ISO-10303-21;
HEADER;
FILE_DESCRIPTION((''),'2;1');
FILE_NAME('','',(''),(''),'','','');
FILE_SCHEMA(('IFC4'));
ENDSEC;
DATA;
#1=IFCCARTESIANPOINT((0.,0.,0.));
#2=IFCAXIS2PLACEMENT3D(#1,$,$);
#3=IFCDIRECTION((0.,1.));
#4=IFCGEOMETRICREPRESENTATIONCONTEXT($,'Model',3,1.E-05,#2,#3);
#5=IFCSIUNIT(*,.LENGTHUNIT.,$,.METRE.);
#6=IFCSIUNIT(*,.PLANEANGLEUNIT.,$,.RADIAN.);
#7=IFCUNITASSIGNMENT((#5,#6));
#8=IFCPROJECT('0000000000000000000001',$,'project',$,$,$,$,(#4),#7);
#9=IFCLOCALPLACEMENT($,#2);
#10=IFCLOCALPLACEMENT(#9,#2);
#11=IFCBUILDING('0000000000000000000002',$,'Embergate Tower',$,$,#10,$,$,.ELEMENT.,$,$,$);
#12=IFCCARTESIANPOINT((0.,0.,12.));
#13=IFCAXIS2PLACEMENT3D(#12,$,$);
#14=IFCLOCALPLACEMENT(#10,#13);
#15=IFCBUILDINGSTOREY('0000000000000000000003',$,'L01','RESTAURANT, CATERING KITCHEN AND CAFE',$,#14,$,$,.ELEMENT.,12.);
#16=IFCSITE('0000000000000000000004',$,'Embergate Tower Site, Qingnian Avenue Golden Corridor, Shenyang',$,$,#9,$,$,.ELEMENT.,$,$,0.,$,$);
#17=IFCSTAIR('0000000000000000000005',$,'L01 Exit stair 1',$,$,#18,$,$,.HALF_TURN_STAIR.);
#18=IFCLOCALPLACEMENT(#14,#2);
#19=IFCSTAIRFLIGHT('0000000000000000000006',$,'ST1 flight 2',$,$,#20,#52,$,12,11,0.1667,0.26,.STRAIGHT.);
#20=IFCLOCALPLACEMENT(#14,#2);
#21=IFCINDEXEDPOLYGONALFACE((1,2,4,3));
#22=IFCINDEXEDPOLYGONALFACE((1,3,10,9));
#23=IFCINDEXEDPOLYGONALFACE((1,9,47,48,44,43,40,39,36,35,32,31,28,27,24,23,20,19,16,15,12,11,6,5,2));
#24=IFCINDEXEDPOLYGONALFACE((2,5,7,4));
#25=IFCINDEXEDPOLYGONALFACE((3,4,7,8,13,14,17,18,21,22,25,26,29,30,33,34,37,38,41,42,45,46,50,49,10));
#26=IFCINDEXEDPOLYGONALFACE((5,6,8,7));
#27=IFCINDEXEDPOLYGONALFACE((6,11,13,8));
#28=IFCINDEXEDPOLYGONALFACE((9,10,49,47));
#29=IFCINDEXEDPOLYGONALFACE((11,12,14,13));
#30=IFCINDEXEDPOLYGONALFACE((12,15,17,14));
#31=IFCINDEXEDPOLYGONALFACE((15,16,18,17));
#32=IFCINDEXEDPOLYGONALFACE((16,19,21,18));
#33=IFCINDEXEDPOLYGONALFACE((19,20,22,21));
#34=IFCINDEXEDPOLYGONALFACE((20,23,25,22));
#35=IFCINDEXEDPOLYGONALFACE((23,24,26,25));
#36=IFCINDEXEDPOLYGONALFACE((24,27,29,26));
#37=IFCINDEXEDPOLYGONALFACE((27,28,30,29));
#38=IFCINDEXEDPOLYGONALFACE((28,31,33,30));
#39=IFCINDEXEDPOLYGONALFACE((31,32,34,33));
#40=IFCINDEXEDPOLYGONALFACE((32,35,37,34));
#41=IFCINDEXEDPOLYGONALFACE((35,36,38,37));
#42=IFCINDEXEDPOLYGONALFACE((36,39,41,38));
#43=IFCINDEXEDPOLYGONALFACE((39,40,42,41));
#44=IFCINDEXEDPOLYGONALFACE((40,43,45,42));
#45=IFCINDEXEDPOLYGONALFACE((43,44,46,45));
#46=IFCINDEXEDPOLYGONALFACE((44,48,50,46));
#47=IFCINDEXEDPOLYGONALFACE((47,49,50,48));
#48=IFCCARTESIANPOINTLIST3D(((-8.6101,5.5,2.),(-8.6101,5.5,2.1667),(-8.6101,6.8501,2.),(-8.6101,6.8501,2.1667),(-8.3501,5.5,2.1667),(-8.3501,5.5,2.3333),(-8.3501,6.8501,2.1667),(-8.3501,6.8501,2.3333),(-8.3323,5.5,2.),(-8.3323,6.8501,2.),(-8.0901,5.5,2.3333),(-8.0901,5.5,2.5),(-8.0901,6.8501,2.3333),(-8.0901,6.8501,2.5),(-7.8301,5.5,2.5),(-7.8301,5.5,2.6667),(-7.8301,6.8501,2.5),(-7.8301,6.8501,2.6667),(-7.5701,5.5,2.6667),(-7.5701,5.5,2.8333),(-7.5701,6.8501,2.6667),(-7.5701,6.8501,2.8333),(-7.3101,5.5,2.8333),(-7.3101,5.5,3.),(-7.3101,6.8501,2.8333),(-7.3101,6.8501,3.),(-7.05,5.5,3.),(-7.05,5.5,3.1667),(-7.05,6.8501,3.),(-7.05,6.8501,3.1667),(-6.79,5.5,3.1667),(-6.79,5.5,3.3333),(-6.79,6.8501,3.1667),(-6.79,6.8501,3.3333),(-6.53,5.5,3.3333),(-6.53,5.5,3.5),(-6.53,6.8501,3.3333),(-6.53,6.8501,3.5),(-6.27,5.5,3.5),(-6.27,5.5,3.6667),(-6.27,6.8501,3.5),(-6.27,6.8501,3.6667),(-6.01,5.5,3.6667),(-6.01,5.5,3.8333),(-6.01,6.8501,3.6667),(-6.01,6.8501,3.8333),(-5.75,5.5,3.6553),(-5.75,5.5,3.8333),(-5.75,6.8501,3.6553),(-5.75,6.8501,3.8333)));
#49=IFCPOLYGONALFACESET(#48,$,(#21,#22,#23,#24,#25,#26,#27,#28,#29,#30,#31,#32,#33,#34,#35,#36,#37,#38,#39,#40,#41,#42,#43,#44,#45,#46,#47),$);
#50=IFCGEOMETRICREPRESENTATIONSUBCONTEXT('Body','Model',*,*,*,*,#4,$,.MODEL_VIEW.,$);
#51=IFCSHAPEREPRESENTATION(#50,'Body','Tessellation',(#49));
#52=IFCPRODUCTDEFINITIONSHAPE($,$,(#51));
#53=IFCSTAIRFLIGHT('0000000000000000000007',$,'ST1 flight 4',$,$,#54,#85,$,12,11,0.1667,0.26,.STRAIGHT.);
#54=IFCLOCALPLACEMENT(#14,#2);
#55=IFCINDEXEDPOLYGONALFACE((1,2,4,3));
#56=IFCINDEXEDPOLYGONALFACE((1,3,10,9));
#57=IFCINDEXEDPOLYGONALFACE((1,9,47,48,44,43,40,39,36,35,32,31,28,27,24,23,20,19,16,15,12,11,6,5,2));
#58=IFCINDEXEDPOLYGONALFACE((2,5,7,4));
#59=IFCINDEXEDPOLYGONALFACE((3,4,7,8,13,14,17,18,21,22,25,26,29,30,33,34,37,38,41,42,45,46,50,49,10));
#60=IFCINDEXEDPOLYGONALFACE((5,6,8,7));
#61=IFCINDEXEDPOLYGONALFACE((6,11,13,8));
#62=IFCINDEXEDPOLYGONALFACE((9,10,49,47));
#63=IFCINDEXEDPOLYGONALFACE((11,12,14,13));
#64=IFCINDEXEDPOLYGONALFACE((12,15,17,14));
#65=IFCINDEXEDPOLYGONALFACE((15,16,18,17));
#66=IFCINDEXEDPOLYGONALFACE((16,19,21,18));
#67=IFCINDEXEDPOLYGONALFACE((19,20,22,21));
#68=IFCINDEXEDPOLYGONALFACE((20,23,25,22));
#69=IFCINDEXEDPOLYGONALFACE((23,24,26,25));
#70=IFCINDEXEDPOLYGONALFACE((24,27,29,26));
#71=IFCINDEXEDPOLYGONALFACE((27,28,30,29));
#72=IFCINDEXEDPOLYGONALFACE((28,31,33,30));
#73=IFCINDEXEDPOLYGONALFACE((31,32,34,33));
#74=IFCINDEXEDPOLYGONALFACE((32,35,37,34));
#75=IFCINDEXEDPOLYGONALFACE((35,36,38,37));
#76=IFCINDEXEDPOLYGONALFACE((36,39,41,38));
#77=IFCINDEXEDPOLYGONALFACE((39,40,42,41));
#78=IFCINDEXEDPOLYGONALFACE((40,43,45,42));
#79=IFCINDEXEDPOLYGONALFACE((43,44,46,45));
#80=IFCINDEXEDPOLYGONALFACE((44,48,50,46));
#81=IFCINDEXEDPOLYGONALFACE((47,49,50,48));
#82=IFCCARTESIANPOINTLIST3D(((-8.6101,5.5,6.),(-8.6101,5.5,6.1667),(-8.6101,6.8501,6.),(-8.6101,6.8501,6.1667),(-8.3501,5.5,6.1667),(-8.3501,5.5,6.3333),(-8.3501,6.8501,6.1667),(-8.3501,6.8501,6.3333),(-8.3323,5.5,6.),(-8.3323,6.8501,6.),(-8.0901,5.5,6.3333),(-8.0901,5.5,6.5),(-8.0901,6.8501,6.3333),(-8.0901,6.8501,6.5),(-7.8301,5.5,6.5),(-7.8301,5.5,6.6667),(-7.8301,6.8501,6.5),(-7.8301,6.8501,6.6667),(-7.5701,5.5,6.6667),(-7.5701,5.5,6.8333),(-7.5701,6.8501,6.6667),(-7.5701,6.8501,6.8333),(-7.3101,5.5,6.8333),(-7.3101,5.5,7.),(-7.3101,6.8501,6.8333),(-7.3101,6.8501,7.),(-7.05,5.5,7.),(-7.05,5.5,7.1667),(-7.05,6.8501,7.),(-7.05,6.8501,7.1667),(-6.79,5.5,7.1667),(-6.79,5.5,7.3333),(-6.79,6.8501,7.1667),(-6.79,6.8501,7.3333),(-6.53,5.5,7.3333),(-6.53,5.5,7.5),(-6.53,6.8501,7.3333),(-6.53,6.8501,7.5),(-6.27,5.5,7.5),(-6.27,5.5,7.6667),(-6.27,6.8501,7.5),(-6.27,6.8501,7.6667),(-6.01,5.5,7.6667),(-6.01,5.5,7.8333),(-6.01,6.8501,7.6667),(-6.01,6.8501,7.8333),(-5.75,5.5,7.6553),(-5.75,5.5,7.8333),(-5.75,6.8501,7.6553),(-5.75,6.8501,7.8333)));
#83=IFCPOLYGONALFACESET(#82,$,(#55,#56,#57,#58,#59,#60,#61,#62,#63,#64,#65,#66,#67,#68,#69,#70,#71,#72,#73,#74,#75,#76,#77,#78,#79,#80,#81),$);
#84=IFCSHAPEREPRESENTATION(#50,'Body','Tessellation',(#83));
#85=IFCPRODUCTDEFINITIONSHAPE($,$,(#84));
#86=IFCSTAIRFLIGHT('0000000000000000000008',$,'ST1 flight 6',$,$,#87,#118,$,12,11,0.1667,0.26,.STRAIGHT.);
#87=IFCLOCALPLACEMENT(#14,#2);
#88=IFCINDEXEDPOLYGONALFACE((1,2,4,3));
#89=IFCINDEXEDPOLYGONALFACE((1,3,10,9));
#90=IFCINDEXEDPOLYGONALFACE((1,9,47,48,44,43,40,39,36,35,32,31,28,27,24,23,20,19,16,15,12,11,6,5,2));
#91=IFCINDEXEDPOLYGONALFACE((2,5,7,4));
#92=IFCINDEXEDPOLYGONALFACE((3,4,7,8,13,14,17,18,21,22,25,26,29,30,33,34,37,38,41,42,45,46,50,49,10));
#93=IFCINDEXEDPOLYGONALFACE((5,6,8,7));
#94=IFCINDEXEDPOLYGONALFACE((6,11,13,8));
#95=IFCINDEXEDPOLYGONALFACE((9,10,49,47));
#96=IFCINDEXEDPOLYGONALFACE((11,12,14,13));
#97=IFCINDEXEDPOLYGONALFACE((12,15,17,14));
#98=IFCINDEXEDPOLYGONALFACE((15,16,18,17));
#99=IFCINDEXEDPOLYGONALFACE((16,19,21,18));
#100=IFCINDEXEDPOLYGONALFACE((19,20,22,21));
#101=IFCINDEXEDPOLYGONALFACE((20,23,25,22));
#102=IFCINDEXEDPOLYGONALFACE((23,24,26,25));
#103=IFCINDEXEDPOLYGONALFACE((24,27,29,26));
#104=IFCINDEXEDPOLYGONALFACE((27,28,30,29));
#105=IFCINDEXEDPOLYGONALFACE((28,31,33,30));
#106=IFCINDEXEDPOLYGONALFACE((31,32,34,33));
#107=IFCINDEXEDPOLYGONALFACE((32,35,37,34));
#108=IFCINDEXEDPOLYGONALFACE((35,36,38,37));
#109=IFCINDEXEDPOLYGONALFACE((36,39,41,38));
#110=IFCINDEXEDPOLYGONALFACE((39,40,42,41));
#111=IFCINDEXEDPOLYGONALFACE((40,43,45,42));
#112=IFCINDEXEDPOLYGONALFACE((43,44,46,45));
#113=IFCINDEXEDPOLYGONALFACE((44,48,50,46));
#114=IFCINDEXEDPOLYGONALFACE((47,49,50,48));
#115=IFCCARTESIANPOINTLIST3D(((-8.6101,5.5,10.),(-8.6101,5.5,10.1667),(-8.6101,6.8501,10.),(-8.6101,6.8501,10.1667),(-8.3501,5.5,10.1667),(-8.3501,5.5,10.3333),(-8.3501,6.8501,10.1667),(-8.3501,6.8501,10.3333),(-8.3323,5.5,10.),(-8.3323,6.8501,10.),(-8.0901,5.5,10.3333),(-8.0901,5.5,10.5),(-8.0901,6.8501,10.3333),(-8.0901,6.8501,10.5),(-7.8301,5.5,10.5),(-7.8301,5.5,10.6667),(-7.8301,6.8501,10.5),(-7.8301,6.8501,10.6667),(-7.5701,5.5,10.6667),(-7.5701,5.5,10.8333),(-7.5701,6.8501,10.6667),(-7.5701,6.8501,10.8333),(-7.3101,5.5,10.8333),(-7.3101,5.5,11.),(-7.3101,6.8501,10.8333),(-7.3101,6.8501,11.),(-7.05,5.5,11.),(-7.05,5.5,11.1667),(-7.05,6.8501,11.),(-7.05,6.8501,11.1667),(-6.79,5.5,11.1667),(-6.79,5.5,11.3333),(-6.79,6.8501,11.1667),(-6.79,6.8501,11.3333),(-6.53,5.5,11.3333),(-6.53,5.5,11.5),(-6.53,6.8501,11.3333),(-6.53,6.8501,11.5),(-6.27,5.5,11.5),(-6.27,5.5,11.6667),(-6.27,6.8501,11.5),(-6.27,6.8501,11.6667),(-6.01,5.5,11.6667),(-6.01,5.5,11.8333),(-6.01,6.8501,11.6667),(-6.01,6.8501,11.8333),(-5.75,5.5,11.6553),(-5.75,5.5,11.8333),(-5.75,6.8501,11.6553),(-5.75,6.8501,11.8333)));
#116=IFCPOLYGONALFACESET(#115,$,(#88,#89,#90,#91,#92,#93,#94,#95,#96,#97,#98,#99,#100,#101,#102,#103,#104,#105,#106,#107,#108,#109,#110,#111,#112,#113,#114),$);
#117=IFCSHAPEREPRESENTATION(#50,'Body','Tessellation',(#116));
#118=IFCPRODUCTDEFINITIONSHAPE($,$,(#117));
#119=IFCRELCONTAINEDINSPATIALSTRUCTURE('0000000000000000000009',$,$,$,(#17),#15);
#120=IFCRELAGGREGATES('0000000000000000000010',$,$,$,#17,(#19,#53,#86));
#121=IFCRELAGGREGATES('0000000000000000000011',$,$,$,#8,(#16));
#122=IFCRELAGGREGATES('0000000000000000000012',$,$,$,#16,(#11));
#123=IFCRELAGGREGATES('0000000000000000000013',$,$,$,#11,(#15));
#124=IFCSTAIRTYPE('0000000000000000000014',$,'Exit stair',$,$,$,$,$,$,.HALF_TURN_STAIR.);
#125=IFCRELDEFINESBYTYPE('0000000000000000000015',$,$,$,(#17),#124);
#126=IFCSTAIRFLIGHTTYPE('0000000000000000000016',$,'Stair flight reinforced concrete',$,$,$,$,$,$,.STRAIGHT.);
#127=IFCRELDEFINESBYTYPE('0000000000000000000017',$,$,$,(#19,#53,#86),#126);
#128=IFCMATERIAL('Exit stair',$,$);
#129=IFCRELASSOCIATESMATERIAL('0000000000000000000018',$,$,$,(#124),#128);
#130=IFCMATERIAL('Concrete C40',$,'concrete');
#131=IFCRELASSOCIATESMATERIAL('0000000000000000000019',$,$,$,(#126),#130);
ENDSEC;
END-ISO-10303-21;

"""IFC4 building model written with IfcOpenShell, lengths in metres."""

from ifc_helpers import new_model, si_unit, direction, frame, origin, place, context, subcontext, project, spatial, polyline, outline, extrude, source, transform, mapped, material, type_object, element, aggregate, save


model = new_model("IFC4")

# Units and contexts
model_context = context("Model", 3, precision=1e-05, world=origin(), true_north=direction((0.0, 1.0)))
body_context = subcontext(model_context, "Body", "Model", "MODEL_VIEW")
ifc_project = project(units=[si_unit("LENGTHUNIT", "METRE"), si_unit("PLANEANGLEUNIT", "RADIAN")], contexts=[model_context])

# Site, building, storey
site_placement = place(None, origin())
site = spatial("IfcSite", under=ifc_project, at=site_placement, Name="Embergate Tower Site, Qingnian Avenue Golden Corridor, Shenyang", CompositionType="ELEMENT", RefElevation=0.0)
building_placement = place(site_placement, origin())
building = spatial("IfcBuilding", under=site, at=building_placement, Name="Embergate Tower", CompositionType="ELEMENT")
storey_placement = place(building_placement, frame((0.0, 0.0, 12.0)))
storey = spatial("IfcBuildingStorey", under=building, at=storey_placement, Name="L01", Description="RESTAURANT, CATERING KITCHEN AND CAFE", CompositionType="ELEMENT", Elevation=12.0)

# Stair
ifc_material_1 = material(Name="Exit stair")
stair_type = type_object("IfcStairType", Name="Exit stair", PredefinedType="HALF_TURN_STAIR", material=ifc_material_1)
stair_placement = place(storey_placement, origin())
stair = element("IfcStair", 1, at=stair_placement, inside=storey, type_object=stair_type, Name="L01 Exit stair 1", PredefinedType="HALF_TURN_STAIR")
ifc_material_2 = material(Name="Concrete C40", Category="concrete")

# Stair flights
stair_flight_type = type_object("IfcStairFlightType", Name="Stair flight reinforced concrete", PredefinedType="STRAIGHT", material=ifc_material_2)
shared_shape_1 = source(origin(), body_context, "Body", "SweptSolid", [
    extrude(outline(polyline([(0.0, 0.0), (0.0, 0.1667), (0.26, 0.1667), (0.26, 0.3333), (0.52, 0.3333), (0.52, 0.5), (0.78, 0.5), (0.78, 0.6667), (1.04, 0.6667), (1.04, 0.8333), (1.3, 0.8333), (1.3, 1.0), (1.5601, 1.0), (1.5601, 1.1667), (1.8201, 1.1667), (1.8201, 1.3333), (2.0801, 1.3333), (2.0801, 1.5), (2.3401, 1.5), (2.3401, 1.6667), (2.6001, 1.6667), (2.6001, 1.8333), (2.8601, 1.8333), (2.8601, 2.0), (2.8601, 1.6553), (0.2778, 0.0), (0.0, 0.0)])), frame((0.0, 0.675, 0.0), z_axis=(0.0, -1.0, 0.0), x_axis=(1.0, 0.0, 0.0)), (0.0, 0.0, 1.0), 1.3501),
])
stair_flight_1_placement = place(storey_placement, frame((-8.6101, 6.175, 2.0), z_axis=(0.0, 0.0, 1.0), x_axis=(1.0, 0.0, 0.0)))
stair_flight_1 = element("IfcStairFlight", 2, at=stair_flight_1_placement, type_object=stair_flight_type, Name="ST1 flight 2", NumberOfRisers=12, NumberOfTreads=11, PredefinedType="STRAIGHT", RiserHeight=0.1667, TreadLength=0.26, context=body_context, shape_type="MappedRepresentation", body=[
    mapped(shared_shape_1, transform((0.0, 0.0, 0.0))),
])
stair_flight_2_placement = place(storey_placement, frame((-8.6101, 6.175, 6.0), z_axis=(0.0, 0.0, 1.0), x_axis=(1.0, 0.0, 0.0)))
stair_flight_2 = element("IfcStairFlight", 3, at=stair_flight_2_placement, type_object=stair_flight_type, Name="ST1 flight 4", NumberOfRisers=12, NumberOfTreads=11, PredefinedType="STRAIGHT", RiserHeight=0.1667, TreadLength=0.26, context=body_context, shape_type="MappedRepresentation", body=[
    mapped(shared_shape_1, transform((0.0, 0.0, 0.0))),
])
stair_flight_3_placement = place(storey_placement, frame((-8.6101, 6.175, 10.0), z_axis=(0.0, 0.0, 1.0), x_axis=(1.0, 0.0, 0.0)))
stair_flight_3 = element("IfcStairFlight", 4, at=stair_flight_3_placement, type_object=stair_flight_type, Name="ST1 flight 6", NumberOfRisers=12, NumberOfTreads=11, PredefinedType="STRAIGHT", RiserHeight=0.1667, TreadLength=0.26, context=body_context, shape_type="MappedRepresentation", body=[
    mapped(shared_shape_1, transform((0.0, 0.0, 0.0))),
])
aggregate(stair, [stair_flight_1, stair_flight_2, stair_flight_3])

save(model, "model.ifc")
